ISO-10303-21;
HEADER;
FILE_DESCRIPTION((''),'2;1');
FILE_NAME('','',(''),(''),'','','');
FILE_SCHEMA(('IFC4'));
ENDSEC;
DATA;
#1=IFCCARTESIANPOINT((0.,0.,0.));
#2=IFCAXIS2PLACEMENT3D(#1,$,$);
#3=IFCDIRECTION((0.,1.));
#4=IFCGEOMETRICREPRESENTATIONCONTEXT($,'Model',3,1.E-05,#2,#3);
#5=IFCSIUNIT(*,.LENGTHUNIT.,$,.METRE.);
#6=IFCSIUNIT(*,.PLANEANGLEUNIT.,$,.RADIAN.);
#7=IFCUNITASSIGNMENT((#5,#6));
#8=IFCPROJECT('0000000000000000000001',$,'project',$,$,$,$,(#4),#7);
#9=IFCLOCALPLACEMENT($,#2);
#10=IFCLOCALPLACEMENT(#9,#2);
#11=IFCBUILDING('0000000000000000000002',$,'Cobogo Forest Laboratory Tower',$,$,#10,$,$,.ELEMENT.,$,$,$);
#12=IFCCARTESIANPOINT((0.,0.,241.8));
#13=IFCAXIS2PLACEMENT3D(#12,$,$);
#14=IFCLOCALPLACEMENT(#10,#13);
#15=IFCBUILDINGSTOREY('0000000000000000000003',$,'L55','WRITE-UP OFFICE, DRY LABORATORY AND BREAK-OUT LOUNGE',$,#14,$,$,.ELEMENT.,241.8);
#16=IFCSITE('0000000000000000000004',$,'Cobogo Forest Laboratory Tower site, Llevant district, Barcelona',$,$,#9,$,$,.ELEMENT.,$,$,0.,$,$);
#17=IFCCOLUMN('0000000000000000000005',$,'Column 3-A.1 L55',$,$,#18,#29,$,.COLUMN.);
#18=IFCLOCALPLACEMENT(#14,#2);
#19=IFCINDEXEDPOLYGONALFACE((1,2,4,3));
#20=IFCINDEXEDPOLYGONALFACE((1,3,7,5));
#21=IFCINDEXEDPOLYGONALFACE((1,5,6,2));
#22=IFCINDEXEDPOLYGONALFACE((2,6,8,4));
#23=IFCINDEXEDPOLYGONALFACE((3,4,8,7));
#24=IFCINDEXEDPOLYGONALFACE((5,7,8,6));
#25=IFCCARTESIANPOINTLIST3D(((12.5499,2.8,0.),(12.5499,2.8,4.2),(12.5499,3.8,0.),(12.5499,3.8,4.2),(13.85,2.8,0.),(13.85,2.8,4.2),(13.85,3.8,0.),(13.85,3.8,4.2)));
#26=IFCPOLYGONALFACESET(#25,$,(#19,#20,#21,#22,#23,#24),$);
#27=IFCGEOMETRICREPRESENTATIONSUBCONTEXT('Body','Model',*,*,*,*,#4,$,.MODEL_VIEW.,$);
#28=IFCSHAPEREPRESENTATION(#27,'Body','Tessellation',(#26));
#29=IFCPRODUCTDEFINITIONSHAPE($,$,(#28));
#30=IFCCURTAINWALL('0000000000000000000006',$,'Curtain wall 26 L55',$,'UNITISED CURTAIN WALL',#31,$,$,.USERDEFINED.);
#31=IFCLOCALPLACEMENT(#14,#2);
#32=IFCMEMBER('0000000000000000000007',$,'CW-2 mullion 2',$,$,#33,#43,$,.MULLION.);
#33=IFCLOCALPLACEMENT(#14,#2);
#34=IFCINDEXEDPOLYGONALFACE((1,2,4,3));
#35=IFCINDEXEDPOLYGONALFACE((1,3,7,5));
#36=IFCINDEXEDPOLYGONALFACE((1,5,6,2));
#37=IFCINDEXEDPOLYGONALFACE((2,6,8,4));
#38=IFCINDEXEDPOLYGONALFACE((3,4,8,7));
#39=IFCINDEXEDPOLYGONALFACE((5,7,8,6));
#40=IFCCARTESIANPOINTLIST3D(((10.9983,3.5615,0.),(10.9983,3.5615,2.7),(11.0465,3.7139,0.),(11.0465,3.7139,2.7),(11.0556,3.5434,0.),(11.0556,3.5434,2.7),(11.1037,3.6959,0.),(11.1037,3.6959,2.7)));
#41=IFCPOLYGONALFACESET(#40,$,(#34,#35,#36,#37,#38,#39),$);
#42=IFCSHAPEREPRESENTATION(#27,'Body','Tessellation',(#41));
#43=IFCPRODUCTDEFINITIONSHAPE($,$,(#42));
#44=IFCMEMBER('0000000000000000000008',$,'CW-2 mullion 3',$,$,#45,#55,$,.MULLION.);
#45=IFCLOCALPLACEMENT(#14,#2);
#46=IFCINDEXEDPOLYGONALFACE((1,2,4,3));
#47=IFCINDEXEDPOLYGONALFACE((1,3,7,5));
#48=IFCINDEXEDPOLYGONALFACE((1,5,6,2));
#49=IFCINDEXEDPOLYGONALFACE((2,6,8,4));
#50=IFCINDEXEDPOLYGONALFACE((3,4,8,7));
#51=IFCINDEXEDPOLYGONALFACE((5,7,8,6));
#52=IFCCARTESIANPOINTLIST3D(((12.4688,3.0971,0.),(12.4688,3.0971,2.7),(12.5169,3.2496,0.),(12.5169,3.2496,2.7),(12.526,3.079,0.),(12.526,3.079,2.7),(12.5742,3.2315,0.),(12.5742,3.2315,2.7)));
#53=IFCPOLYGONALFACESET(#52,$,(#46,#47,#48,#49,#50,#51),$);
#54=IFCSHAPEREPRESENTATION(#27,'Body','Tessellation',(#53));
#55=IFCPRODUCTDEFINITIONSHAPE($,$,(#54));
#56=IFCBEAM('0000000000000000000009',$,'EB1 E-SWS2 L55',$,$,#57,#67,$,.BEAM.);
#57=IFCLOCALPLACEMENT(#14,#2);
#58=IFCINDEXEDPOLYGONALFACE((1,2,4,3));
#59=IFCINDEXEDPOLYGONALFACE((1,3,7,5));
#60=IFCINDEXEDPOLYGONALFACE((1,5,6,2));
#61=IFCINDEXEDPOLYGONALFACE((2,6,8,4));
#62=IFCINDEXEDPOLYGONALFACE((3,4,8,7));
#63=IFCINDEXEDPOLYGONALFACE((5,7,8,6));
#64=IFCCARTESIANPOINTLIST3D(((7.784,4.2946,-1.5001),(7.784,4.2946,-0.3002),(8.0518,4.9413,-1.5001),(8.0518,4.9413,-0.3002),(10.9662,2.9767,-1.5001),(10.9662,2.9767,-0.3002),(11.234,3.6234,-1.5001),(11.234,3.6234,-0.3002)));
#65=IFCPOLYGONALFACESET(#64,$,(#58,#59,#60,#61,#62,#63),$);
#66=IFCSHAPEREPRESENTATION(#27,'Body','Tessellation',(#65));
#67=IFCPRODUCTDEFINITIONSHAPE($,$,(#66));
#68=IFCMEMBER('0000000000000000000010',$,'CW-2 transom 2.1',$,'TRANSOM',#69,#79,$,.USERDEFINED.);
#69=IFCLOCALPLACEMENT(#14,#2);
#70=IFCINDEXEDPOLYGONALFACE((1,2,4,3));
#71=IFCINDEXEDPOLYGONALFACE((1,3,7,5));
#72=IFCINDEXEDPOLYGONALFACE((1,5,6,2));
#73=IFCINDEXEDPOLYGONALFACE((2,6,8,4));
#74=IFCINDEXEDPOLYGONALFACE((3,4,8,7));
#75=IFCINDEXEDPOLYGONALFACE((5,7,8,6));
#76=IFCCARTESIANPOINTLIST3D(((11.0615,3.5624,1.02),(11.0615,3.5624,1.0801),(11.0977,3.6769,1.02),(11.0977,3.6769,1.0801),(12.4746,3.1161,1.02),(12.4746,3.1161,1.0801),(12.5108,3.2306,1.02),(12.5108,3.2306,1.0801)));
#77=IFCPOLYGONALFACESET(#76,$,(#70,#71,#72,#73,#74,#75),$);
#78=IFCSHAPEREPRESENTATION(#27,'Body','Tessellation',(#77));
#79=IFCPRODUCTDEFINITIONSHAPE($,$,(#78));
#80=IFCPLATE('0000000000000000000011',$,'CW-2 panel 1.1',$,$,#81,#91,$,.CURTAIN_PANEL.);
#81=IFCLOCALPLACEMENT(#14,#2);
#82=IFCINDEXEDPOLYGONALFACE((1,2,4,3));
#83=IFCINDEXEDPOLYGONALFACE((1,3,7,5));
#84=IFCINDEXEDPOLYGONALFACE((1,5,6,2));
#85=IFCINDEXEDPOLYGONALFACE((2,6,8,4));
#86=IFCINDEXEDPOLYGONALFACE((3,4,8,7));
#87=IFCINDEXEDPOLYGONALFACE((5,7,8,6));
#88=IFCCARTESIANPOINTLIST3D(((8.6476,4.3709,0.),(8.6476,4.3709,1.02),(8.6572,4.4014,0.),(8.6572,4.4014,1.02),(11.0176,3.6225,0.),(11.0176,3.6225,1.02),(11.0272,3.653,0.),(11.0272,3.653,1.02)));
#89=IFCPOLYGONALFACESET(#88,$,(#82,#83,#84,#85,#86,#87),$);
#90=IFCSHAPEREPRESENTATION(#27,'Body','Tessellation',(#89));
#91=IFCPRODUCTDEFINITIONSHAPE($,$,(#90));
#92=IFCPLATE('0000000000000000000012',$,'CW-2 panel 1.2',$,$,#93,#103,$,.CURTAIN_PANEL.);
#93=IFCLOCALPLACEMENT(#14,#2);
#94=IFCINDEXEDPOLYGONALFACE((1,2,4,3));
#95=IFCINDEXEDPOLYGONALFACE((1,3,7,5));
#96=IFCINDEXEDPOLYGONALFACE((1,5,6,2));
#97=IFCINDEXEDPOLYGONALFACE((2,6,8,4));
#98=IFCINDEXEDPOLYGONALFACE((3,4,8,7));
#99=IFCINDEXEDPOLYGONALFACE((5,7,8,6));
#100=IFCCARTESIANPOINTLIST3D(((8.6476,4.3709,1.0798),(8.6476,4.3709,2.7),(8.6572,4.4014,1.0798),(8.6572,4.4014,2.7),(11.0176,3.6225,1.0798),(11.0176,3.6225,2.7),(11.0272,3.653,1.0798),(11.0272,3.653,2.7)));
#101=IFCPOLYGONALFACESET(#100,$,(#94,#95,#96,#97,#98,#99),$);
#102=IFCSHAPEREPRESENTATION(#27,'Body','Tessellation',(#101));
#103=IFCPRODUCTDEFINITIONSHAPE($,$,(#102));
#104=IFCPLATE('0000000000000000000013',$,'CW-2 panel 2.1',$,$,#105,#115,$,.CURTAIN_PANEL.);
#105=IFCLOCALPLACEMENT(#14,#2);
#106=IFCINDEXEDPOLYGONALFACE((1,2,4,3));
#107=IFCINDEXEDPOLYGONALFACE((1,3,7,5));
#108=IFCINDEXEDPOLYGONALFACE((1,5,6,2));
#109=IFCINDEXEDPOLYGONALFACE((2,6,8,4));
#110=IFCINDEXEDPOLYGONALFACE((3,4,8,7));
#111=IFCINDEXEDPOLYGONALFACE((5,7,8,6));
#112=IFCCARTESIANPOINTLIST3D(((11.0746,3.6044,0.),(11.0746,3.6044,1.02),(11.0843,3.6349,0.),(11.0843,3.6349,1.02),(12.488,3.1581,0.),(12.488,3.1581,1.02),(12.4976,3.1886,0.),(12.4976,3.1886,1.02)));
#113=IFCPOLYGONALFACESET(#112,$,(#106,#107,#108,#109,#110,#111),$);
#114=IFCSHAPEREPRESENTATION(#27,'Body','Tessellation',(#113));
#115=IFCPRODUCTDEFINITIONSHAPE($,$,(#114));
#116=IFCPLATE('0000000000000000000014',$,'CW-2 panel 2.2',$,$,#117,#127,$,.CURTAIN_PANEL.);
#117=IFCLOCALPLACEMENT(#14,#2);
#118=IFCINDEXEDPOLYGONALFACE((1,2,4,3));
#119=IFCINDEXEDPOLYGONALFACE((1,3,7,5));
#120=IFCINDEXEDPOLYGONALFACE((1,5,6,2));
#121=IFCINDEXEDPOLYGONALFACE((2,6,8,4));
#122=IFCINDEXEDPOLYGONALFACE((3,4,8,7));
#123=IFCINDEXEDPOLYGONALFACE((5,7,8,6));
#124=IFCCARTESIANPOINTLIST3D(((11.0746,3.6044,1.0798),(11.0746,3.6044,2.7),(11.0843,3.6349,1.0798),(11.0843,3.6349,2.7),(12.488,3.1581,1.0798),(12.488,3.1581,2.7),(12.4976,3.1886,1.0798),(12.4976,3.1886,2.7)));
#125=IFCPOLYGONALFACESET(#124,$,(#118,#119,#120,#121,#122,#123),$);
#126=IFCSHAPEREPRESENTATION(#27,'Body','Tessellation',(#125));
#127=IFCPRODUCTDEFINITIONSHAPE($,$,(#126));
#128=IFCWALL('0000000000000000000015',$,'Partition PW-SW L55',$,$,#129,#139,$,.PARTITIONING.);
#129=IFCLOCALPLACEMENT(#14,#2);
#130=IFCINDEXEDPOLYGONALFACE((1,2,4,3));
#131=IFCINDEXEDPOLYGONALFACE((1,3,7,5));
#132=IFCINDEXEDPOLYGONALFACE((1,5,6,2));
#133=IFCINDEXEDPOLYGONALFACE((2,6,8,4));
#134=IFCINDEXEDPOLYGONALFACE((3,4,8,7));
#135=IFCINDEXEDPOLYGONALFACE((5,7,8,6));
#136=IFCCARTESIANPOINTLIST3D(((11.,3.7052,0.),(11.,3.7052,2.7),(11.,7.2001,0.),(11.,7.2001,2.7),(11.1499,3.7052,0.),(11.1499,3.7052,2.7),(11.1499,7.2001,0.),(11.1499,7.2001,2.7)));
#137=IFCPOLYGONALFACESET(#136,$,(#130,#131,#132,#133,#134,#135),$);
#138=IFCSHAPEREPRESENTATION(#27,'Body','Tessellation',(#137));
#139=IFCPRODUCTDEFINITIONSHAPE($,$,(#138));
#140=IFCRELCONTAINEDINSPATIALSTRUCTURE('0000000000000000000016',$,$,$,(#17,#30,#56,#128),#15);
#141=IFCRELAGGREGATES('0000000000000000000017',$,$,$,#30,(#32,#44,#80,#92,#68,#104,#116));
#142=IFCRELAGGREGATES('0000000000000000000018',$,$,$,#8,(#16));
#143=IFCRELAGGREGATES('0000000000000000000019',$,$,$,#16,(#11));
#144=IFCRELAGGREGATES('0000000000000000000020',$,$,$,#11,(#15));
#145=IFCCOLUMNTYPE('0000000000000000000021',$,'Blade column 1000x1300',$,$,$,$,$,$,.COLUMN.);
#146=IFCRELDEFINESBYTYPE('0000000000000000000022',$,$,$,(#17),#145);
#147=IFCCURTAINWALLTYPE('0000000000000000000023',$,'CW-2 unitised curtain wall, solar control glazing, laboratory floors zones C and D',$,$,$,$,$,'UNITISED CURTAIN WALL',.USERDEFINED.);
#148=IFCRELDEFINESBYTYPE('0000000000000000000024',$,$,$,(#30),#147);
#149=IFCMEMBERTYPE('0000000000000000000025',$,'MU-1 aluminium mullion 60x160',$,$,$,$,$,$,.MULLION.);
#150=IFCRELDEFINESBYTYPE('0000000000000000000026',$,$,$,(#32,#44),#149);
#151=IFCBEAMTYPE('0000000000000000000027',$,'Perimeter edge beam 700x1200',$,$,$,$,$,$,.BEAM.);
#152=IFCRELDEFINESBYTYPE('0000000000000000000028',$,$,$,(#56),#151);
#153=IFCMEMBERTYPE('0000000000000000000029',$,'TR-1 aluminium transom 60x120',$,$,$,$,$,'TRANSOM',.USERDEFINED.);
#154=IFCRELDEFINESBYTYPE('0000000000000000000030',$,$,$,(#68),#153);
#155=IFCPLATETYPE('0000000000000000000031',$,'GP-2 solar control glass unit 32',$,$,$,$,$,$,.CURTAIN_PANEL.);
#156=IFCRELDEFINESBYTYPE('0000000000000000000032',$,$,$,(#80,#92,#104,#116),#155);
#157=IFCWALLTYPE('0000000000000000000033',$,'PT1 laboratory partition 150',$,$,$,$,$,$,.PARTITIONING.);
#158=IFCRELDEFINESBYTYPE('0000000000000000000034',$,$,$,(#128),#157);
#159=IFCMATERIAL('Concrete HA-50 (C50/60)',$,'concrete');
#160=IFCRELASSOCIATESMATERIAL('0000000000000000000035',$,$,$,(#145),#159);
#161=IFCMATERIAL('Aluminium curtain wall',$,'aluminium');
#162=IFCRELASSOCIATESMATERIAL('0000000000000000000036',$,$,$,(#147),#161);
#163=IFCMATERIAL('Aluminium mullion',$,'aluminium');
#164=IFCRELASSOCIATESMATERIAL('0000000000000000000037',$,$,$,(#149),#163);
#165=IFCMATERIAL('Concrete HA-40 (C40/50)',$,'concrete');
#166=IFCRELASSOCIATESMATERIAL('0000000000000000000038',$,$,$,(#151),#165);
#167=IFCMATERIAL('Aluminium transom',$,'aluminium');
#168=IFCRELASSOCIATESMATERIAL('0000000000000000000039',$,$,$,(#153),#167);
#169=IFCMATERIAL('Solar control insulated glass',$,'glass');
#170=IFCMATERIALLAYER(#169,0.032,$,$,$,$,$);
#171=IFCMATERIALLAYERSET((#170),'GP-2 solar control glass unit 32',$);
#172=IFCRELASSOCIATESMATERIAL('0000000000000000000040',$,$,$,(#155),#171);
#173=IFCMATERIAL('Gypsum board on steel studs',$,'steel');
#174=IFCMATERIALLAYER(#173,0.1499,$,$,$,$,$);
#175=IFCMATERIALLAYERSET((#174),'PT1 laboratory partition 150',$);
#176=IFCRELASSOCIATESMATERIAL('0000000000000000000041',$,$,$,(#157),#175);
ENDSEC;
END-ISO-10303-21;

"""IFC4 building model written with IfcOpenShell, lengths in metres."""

from ifc_helpers import new_model, si_unit, direction, frame, frame_2d, origin, origin_2d, place, context, subcontext, project, spatial, rectangle, extrude, material, layer, layer_set, material_profile, profile_set, type_object, element, aggregate, save


model = new_model("IFC4")

# Units and contexts
model_context = context("Model", 3, precision=1e-05, world=origin(), true_north=direction((0.0, 1.0)))
body_context = subcontext(model_context, "Body", "Model", "MODEL_VIEW")
ifc_project = project(units=[si_unit("LENGTHUNIT", "METRE"), si_unit("PLANEANGLEUNIT", "RADIAN")], contexts=[model_context])

# Site, building, storey
site_placement = place(None, origin())
site = spatial("IfcSite", under=ifc_project, at=site_placement, Name="Cobogo Forest Laboratory Tower site, Llevant district, Barcelona", CompositionType="ELEMENT", RefElevation=0.0)
building_placement = place(site_placement, origin())
building = spatial("IfcBuilding", under=site, at=building_placement, Name="Cobogo Forest Laboratory Tower", CompositionType="ELEMENT")
storey_placement = place(building_placement, frame((0.0, 0.0, 241.8)))
storey = spatial("IfcBuildingStorey", under=building, at=storey_placement, Name="L55", Description="WRITE-UP OFFICE, DRY LABORATORY AND BREAK-OUT LOUNGE", CompositionType="ELEMENT", Elevation=241.8)

# Column
ifc_material_1 = material(Name="Concrete HA-50 (C50/60)", Category="concrete")
ifc_material_profile_1 = material_profile(ifc_material_1, rectangle(XDim=1.3, YDim=1.0, at=origin_2d()), Name="RC 1000x1300")
ifc_profile_set_1 = profile_set([ifc_material_profile_1], Name="Concrete HA-50 (C50/60)")
column_type = type_object("IfcColumnType", Name="Blade column 1000x1300", PredefinedType="COLUMN", material=ifc_profile_set_1)
column_placement = place(storey_placement, frame((13.2, 3.3, 0.0), z_axis=(0.0, 0.0, 1.0), x_axis=(1.0, 0.0, 0.0)))
element("IfcColumn", 1, at=column_placement, inside=storey, type_object=column_type, Name="Column 3-A.1 L55", PredefinedType="COLUMN", context=body_context, shape_type="SweptSolid", body=[
    extrude(rectangle(XDim=1.3, YDim=1.0, at=origin_2d()), origin(), (0.0, 0.0, 1.0), 4.2),
])

# Curtain wall, members
ifc_material_2 = material(Name="Aluminium curtain wall", Category="aluminium")
curtain_wall_type = type_object("IfcCurtainWallType", Name="CW-2 unitised curtain wall, solar control glazing, laboratory floors zones C and D", ElementType="UNITISED CURTAIN WALL", PredefinedType="USERDEFINED", material=ifc_material_2)
curtain_wall_placement = place(storey_placement, origin())
curtain_wall = element("IfcCurtainWall", 2, at=curtain_wall_placement, inside=storey, type_object=curtain_wall_type, Name="Curtain wall 26 L55", ObjectType="UNITISED CURTAIN WALL", PredefinedType="USERDEFINED")
ifc_material_3 = material(Name="Aluminium mullion", Category="aluminium")
ifc_material_profile_2 = material_profile(ifc_material_3, rectangle(XDim=0.0601, YDim=0.1599, at=origin_2d()), Name="AL 60x160")
ifc_profile_set_2 = profile_set([ifc_material_profile_2], Name="Aluminium mullion")
member_type_1 = type_object("IfcMemberType", Name="MU-1 aluminium mullion 60x160", PredefinedType="MULLION", material=ifc_profile_set_2)
member_1_placement = place(storey_placement, frame((11.051, 3.6287, 0.0), z_axis=(0.0, 0.0, 1.0), x_axis=(0.953581, -0.301135, 0.0)))
member_1 = element("IfcMember", 3, at=member_1_placement, type_object=member_type_1, Name="CW-2 mullion 2", PredefinedType="MULLION", context=body_context, shape_type="SweptSolid", body=[
    extrude(rectangle(XDim=0.0601, YDim=0.1599, at=origin_2d()), origin(), (0.0, 0.0, 1.0), 2.7),
])
member_2_placement = place(storey_placement, frame((12.5215, 3.1643, 0.0), z_axis=(0.0, 0.0, 1.0), x_axis=(0.953581, -0.301135, 0.0)))
member_2 = element("IfcMember", 4, at=member_2_placement, type_object=member_type_1, Name="CW-2 mullion 3", PredefinedType="MULLION", context=body_context, shape_type="SweptSolid", body=[
    extrude(rectangle(XDim=0.0601, YDim=0.1599, at=origin_2d()), origin(), (0.0, 0.0, 1.0), 2.7),
])

# Beam
ifc_material_4 = material(Name="Concrete HA-40 (C40/50)", Category="concrete")
ifc_material_profile_3 = material_profile(ifc_material_4, rectangle(XDim=0.7, YDim=1.2, at=origin_2d()), Name="RC 700x1200")
ifc_profile_set_3 = profile_set([ifc_material_profile_3], Name="Concrete HA-40 (C40/50)")
beam_type = type_object("IfcBeamType", Name="Perimeter edge beam 700x1200", PredefinedType="BEAM", material=ifc_profile_set_3)
beam_placement = place(storey_placement, frame((11.1001, 3.3, -0.9001), z_axis=(-0.923901, 0.382631, 0.0), x_axis=(-0.382631, -0.923901, 0.0)))
element("IfcBeam", 5, at=beam_placement, inside=storey, type_object=beam_type, Name="EB1 E-SWS2 L55", PredefinedType="BEAM", context=body_context, shape_type="SweptSolid", body=[
    extrude(rectangle(XDim=0.7, YDim=1.2, at=origin_2d()), origin(), (0.0, 0.0, 1.0), 3.4443),
])

# Member
ifc_material_5 = material(Name="Aluminium transom", Category="aluminium")
ifc_material_profile_4 = material_profile(ifc_material_5, rectangle(XDim=0.1201, YDim=0.0601, at=origin_2d()), Name="AL 60x120")
ifc_profile_set_4 = profile_set([ifc_material_profile_4], Name="Aluminium transom")
member_type_2 = type_object("IfcMemberType", Name="TR-1 aluminium transom 60x120", ElementType="TRANSOM", PredefinedType="USERDEFINED", material=ifc_profile_set_4)
member_3_placement = place(storey_placement, frame((11.0796, 3.6196, 1.05), z_axis=(0.953573, -0.301163, 0.0), x_axis=(0.301163, 0.953573, 0.0)))
member_3 = element("IfcMember", 6, at=member_3_placement, type_object=member_type_2, Name="CW-2 transom 2.1", ObjectType="TRANSOM", PredefinedType="USERDEFINED", context=body_context, shape_type="SweptSolid", body=[
    extrude(rectangle(XDim=0.1201, YDim=0.0601, at=origin_2d()), origin(), (0.0, 0.0, 1.0), 1.4819),
])

# Plates
ifc_material_6 = material(Name="Solar control insulated glass", Category="glass")
ifc_layer_1 = layer(ifc_material_6, 0.032)
ifc_layer_set_1 = layer_set([ifc_layer_1], Name="GP-2 solar control glass unit 32")
plate_type = type_object("IfcPlateType", Name="GP-2 solar control glass unit 32", PredefinedType="CURTAIN_PANEL", material=ifc_layer_set_1)
plate_1_placement = place(storey_placement, frame((9.8374, 4.012, 0.0), z_axis=(0.0, 0.0, 1.0), x_axis=(0.953581, -0.301135, 0.0)))
plate_1 = element("IfcPlate", 7, at=plate_1_placement, type_object=plate_type, Name="CW-2 panel 1.1", PredefinedType="CURTAIN_PANEL", context=body_context, shape_type="SweptSolid", body=[
    extrude(rectangle(XDim=2.4854, YDim=0.032, at=origin_2d()), origin(), (0.0, 0.0, 1.0), 1.02),
])
plate_2_placement = place(storey_placement, frame((9.8374, 4.012, 1.0798), z_axis=(0.0, 0.0, 1.0), x_axis=(0.953581, -0.301135, 0.0)))
plate_2 = element("IfcPlate", 8, at=plate_2_placement, type_object=plate_type, Name="CW-2 panel 1.2", PredefinedType="CURTAIN_PANEL", context=body_context, shape_type="SweptSolid", body=[
    extrude(rectangle(XDim=2.4854, YDim=0.032, at=origin_2d()), origin(), (0.0, 0.0, 1.0), 1.6201),
])
plate_3_placement = place(storey_placement, frame((11.7861, 3.3965, 0.0), z_axis=(0.0, 0.0, 1.0), x_axis=(0.953581, -0.301135, 0.0)))
plate_3 = element("IfcPlate", 9, at=plate_3_placement, type_object=plate_type, Name="CW-2 panel 2.1", PredefinedType="CURTAIN_PANEL", context=body_context, shape_type="SweptSolid", body=[
    extrude(rectangle(XDim=1.4822, YDim=0.032, at=origin_2d()), origin(), (0.0, 0.0, 1.0), 1.02),
])
plate_4_placement = place(storey_placement, frame((11.7861, 3.3965, 1.0798), z_axis=(0.0, 0.0, 1.0), x_axis=(0.953581, -0.301135, 0.0)))
plate_4 = element("IfcPlate", 10, at=plate_4_placement, type_object=plate_type, Name="CW-2 panel 2.2", PredefinedType="CURTAIN_PANEL", context=body_context, shape_type="SweptSolid", body=[
    extrude(rectangle(XDim=1.4822, YDim=0.032, at=origin_2d()), origin(), (0.0, 0.0, 1.0), 1.6201),
])
aggregate(curtain_wall, [member_1, member_2, plate_1, plate_2, member_3, plate_3, plate_4])

# Wall
ifc_material_7 = material(Name="Gypsum board on steel studs", Category="steel")
ifc_layer_2 = layer(ifc_material_7, 0.1499)
ifc_layer_set_2 = layer_set([ifc_layer_2], Name="PT1 laboratory partition 150")
wall_type_1 = type_object("IfcWallType", Name="PT1 laboratory partition 150", PredefinedType="PARTITIONING", material=ifc_layer_set_2)
wall_1_placement = place(storey_placement, frame((11.075, 3.7051, 0.0), z_axis=(0.0, 0.0, 1.0), x_axis=(0.0, 1.0, 0.0)))
element("IfcWall", 11, at=wall_1_placement, inside=storey, type_object=wall_type_1, Name="Partition PW-SW L55", PredefinedType="PARTITIONING", context=body_context, shape_type="SweptSolid", body=[
    extrude(rectangle(XDim=3.4949, YDim=0.1499, at=frame_2d((1.7476, 0.0))), origin(), (0.0, 0.0, 1.0), 2.7),
])

save(model, "model.ifc")
